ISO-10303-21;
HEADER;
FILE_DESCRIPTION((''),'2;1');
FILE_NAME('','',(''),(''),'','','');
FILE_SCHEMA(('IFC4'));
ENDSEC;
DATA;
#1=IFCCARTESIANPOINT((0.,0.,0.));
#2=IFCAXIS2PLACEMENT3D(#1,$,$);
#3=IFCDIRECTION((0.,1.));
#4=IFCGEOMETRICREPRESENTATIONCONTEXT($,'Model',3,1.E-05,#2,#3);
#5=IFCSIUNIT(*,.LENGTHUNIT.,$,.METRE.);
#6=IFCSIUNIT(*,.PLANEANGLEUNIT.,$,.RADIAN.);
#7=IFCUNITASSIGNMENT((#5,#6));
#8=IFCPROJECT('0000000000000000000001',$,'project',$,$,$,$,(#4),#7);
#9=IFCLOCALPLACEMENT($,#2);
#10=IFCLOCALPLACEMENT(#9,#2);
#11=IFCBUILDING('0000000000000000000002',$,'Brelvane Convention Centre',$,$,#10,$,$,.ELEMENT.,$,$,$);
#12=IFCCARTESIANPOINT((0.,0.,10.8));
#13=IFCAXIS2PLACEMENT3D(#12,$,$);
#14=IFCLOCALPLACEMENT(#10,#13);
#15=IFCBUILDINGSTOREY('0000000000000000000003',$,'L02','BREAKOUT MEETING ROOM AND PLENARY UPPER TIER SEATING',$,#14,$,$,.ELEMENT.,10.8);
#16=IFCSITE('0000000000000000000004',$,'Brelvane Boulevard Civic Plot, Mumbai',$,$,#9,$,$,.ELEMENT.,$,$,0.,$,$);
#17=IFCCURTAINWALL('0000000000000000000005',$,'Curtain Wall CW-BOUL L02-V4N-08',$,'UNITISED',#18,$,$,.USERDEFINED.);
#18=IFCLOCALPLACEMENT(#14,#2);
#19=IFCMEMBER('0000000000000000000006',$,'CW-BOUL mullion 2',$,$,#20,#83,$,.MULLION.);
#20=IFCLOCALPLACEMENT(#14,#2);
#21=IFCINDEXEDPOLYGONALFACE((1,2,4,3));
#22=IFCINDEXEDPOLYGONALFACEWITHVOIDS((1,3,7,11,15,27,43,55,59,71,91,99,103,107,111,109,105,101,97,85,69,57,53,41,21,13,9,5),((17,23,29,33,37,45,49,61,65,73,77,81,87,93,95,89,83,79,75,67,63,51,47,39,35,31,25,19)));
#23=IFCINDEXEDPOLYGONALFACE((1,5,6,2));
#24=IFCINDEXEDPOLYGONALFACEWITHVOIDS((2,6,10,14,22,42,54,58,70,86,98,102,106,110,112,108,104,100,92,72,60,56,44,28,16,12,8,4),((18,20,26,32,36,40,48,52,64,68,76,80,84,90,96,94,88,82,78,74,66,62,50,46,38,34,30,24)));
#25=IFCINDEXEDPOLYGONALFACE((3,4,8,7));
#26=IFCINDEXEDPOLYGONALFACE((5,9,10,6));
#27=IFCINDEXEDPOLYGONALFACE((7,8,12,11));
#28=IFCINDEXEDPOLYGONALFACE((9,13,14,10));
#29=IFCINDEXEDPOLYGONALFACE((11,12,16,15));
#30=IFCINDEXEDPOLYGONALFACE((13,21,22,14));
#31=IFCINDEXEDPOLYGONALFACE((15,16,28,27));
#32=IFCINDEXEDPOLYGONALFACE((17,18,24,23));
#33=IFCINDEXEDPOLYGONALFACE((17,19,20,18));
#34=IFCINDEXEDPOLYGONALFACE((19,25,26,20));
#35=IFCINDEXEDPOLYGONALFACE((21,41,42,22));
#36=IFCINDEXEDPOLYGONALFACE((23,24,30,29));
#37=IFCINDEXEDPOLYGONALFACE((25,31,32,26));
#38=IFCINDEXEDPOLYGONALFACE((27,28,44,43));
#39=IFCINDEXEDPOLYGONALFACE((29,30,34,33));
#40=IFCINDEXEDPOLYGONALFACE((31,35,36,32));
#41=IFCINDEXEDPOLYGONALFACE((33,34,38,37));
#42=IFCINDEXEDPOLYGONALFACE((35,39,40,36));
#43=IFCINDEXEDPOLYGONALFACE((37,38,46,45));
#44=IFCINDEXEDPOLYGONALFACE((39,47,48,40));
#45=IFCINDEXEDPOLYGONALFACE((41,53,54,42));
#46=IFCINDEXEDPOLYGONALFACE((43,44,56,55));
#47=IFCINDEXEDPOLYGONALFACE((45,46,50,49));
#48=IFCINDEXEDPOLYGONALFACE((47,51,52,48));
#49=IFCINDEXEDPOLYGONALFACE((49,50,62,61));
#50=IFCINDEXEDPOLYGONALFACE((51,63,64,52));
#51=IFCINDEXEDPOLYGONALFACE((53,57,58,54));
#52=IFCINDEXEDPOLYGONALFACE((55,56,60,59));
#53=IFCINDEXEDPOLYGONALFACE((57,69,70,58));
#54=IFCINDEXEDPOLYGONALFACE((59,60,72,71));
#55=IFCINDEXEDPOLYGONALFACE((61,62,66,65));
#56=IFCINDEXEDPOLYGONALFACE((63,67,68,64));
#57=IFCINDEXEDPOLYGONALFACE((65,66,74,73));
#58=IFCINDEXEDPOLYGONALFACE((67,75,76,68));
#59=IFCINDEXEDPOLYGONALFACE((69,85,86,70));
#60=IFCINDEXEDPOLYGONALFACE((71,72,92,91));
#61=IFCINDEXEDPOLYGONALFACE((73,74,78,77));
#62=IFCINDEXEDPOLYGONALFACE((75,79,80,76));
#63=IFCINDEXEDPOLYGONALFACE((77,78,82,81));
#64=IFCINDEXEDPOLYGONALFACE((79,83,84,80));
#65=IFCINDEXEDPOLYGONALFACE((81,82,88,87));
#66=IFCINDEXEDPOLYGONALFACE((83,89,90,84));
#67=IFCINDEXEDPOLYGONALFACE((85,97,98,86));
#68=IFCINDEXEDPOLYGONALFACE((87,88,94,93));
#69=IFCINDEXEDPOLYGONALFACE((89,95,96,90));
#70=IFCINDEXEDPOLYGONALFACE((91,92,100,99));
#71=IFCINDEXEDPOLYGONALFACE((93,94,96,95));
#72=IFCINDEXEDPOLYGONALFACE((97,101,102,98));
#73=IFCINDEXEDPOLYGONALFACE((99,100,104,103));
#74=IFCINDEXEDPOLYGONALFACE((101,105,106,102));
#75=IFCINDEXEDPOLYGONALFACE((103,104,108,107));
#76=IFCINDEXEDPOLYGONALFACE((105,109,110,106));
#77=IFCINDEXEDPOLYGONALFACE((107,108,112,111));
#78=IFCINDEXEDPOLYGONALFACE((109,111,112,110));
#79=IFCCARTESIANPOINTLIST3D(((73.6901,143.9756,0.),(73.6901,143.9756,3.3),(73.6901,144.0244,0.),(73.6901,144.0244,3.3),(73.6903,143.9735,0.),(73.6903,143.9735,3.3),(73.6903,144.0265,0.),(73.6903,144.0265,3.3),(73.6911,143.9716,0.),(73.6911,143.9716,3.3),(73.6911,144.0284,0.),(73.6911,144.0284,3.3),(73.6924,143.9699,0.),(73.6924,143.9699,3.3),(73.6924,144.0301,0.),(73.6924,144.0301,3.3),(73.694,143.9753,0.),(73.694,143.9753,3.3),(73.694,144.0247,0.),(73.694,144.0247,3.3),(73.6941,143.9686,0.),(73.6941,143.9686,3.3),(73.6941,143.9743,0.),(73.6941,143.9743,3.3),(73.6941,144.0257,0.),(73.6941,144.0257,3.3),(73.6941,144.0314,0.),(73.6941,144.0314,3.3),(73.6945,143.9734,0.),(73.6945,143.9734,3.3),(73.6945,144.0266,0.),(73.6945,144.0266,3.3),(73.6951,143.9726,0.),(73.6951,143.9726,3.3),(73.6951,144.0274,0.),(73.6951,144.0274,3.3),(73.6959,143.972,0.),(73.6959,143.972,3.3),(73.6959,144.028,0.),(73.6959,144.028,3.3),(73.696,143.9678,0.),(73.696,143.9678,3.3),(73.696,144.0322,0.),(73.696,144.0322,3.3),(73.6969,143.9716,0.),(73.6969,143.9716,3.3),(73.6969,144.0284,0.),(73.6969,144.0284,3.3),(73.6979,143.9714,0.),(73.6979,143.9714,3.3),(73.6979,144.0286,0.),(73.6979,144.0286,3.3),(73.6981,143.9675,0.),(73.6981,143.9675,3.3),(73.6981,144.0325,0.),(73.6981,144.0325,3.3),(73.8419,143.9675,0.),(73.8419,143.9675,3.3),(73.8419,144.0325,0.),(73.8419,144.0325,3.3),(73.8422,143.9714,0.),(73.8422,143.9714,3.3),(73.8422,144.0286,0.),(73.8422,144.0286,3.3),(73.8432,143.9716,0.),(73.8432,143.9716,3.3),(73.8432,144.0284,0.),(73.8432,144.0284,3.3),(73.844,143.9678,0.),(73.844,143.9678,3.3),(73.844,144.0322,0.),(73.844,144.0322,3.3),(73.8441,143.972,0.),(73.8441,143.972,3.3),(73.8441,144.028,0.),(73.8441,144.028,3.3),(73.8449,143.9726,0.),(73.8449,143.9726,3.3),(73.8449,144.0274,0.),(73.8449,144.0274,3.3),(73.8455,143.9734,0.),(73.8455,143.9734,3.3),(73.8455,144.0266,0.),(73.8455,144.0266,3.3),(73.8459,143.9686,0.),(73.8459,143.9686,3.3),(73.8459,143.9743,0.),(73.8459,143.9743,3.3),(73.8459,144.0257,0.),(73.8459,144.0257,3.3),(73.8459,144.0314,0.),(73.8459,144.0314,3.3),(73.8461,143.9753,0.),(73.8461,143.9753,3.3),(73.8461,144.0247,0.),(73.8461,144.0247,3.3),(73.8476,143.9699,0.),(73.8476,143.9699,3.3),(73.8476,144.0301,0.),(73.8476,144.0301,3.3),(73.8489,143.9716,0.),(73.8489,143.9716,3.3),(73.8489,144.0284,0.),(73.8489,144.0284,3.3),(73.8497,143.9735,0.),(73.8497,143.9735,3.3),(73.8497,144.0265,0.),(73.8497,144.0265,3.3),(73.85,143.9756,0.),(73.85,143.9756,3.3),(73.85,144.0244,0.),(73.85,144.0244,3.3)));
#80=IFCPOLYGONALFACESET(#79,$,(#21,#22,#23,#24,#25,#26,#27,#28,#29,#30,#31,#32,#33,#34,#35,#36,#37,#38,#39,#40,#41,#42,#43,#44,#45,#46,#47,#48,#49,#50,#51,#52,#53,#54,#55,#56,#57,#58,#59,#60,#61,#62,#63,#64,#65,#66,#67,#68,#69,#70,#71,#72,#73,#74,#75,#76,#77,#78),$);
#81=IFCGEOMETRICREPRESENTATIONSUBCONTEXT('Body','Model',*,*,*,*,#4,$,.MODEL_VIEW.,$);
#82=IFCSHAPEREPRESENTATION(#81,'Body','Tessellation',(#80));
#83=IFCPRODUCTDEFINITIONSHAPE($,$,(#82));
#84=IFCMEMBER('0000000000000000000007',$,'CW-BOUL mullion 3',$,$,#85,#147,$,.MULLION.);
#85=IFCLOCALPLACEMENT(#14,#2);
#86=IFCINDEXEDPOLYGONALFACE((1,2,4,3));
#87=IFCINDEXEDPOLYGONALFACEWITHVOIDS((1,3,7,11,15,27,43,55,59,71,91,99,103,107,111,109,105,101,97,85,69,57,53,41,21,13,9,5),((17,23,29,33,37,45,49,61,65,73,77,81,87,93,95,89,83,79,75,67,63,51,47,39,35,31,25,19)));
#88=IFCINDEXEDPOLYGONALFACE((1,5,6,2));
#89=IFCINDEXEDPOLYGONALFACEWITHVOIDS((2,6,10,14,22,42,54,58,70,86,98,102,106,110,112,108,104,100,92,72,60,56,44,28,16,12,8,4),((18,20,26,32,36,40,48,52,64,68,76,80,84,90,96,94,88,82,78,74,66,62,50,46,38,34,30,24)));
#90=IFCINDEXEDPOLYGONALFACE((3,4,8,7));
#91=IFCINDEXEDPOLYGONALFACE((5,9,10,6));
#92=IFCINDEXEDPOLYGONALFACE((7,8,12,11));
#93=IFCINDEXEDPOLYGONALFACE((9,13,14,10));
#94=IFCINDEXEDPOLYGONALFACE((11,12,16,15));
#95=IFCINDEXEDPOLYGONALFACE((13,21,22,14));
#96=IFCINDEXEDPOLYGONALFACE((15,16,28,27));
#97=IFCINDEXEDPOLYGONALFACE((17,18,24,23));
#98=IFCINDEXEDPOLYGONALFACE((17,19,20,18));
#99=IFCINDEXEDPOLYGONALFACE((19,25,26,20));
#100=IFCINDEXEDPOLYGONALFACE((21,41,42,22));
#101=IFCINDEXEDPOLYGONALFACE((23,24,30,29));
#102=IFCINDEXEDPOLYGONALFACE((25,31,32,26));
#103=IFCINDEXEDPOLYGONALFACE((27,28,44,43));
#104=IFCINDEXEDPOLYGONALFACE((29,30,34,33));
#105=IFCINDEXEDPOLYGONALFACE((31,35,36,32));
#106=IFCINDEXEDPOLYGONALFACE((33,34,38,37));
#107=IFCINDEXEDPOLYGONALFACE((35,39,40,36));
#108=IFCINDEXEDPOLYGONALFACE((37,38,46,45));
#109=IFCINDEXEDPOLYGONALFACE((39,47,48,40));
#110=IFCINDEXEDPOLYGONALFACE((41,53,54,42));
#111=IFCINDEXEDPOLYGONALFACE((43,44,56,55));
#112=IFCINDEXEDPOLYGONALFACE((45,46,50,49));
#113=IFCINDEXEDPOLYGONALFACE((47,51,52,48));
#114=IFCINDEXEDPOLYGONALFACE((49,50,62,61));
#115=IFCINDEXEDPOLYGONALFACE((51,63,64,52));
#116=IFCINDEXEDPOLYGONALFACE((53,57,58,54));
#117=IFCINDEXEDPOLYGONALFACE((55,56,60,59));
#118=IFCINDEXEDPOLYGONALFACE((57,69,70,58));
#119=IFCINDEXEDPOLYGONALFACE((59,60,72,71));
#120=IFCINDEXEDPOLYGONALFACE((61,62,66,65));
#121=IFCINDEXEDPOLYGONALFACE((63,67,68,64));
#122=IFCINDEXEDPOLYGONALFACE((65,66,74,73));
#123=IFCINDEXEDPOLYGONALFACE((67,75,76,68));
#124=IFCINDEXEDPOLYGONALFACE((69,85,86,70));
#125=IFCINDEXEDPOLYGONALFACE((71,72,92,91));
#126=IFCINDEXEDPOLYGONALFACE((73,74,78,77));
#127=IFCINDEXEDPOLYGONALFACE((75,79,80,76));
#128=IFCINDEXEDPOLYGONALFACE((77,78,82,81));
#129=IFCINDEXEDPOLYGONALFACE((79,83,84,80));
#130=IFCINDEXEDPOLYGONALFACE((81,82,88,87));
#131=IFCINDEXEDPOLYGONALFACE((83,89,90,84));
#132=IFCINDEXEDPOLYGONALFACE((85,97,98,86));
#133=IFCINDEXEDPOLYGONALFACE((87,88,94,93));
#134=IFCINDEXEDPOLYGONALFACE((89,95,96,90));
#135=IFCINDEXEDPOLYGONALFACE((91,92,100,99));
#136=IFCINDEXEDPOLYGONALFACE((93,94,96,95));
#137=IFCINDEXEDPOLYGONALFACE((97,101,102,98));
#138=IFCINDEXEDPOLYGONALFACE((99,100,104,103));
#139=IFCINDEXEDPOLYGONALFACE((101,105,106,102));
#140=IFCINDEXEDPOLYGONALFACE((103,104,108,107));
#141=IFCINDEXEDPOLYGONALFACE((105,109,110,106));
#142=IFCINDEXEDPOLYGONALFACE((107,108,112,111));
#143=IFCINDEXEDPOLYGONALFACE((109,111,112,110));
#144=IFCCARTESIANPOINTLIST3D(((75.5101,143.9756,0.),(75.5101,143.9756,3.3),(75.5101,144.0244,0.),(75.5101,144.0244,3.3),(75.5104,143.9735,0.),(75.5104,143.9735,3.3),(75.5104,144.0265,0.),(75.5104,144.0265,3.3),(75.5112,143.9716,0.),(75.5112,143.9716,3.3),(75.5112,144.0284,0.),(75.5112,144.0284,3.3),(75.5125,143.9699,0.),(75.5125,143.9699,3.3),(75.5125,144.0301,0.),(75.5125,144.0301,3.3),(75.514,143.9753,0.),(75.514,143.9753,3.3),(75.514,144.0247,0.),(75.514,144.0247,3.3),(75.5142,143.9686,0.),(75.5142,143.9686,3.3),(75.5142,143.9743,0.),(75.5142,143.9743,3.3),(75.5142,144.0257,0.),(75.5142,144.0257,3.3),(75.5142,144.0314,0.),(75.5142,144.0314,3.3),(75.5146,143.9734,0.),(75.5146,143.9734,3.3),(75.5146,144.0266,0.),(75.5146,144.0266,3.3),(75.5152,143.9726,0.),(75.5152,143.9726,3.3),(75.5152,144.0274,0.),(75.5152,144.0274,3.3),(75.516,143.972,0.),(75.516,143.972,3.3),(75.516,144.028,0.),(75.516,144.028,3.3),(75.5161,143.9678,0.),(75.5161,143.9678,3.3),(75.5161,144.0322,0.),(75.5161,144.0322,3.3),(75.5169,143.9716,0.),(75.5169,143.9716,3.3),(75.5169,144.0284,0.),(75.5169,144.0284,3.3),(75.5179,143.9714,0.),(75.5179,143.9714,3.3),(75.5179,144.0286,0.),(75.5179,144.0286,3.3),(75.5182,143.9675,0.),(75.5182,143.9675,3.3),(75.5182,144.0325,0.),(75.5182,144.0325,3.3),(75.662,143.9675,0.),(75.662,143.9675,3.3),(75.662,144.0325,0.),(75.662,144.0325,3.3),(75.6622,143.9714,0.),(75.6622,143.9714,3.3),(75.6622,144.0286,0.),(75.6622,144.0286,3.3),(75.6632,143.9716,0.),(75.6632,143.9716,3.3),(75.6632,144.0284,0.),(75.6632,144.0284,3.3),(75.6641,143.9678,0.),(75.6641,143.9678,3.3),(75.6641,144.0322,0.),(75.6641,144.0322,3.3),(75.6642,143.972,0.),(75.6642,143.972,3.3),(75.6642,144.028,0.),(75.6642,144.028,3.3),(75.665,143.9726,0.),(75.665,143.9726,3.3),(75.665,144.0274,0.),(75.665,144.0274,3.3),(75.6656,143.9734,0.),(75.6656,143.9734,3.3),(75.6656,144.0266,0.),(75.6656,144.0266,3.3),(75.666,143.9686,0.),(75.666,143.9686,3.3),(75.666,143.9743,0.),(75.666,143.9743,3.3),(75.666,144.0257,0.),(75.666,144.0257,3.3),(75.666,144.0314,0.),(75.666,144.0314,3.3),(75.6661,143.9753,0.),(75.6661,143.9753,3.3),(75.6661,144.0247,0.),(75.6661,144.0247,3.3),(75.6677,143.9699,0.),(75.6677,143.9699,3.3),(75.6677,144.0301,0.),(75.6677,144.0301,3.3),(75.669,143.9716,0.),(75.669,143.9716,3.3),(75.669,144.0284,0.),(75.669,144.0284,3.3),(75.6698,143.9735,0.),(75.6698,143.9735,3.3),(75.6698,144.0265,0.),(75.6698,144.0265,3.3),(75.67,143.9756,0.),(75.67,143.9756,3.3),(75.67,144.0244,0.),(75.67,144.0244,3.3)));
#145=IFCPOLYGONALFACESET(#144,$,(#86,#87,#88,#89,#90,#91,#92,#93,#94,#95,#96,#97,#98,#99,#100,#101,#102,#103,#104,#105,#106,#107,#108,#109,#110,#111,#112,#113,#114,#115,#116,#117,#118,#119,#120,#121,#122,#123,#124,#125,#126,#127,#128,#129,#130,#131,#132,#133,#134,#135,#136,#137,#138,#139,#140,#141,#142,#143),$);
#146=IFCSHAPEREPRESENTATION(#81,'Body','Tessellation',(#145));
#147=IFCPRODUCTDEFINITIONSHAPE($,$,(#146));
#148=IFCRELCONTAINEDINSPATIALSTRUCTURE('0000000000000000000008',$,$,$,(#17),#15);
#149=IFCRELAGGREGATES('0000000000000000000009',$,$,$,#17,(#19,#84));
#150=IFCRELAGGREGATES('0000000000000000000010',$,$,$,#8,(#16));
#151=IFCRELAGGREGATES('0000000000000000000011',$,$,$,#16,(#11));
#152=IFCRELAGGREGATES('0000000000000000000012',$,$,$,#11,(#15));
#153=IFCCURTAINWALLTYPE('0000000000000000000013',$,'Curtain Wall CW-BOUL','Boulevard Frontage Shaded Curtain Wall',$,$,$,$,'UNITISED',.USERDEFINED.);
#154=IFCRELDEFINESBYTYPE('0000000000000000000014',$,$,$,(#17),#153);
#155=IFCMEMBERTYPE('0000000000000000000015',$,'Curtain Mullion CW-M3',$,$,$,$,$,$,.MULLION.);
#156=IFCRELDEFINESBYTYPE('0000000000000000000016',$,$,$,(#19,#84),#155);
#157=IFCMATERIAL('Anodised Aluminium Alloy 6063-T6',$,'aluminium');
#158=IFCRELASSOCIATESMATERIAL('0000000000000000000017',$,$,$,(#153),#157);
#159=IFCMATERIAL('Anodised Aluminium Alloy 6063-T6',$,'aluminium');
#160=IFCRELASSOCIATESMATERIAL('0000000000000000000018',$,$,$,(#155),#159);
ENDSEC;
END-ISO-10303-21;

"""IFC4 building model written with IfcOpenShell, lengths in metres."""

from ifc_helpers import new_model, si_unit, direction, frame, origin, origin_2d, place, context, subcontext, project, spatial, hollow_rectangle, extrude, material, material_profile, profile_set, type_object, element, aggregate, save


model = new_model("IFC4")

# Units and contexts
model_context = context("Model", 3, precision=1e-05, world=origin(), true_north=direction((0.0, 1.0)))
body_context = subcontext(model_context, "Body", "Model", "MODEL_VIEW")
ifc_project = project(units=[si_unit("LENGTHUNIT", "METRE"), si_unit("PLANEANGLEUNIT", "RADIAN")], contexts=[model_context])

# Site, building, storey
site_placement = place(None, origin())
site = spatial("IfcSite", under=ifc_project, at=site_placement, Name="Brelvane Boulevard Civic Plot, Mumbai", CompositionType="ELEMENT", RefElevation=0.0)
building_placement = place(site_placement, origin())
building = spatial("IfcBuilding", under=site, at=building_placement, Name="Brelvane Convention Centre", CompositionType="ELEMENT")
storey_placement = place(building_placement, frame((0.0, 0.0, 10.8)))
storey = spatial("IfcBuildingStorey", under=building, at=storey_placement, Name="L02", Description="BREAKOUT MEETING ROOM AND PLENARY UPPER TIER SEATING", CompositionType="ELEMENT", Elevation=10.8)

# Shared definitions
ifc_material_1 = material(Name="Anodised Aluminium Alloy 6063-T6", Category="aluminium")
curtain_wall_type = type_object("IfcCurtainWallType", Name="Curtain Wall CW-BOUL", Description="Boulevard Frontage Shaded Curtain Wall", ElementType="UNITISED", PredefinedType="USERDEFINED", material=ifc_material_1)
ifc_material_2 = material(Name="Anodised Aluminium Alloy 6063-T6", Category="aluminium")
ifc_material_profile_1 = material_profile(ifc_material_2, hollow_rectangle(XDim=0.0649, YDim=0.1599, WallThickness=0.0039, InnerFilletRadius=0.0039, OuterFilletRadius=0.0081, at=origin_2d()), Name="ALU-M 160x65x4.0")
ifc_profile_set_1 = profile_set([ifc_material_profile_1], Name="Anodised Aluminium Alloy 6063-T6")
member_type_1 = type_object("IfcMemberType", Name="Curtain Mullion CW-M3", PredefinedType="MULLION", material=ifc_profile_set_1)

# Curtain wall, members
curtain_wall_1_placement = place(storey_placement, origin())
curtain_wall_1 = element("IfcCurtainWall", 1, at=curtain_wall_1_placement, inside=storey, type_object=curtain_wall_type, Name="Curtain Wall CW-BOUL L02-V4N-08", ObjectType="UNITISED", PredefinedType="USERDEFINED")
member_1_placement = place(storey_placement, frame((73.77, 144.0, 0.0), z_axis=(0.0, 0.0, 1.0), x_axis=(0.0, 1.0, 0.0)))
member_1 = element("IfcMember", 2, at=member_1_placement, type_object=member_type_1, Name="CW-BOUL mullion 2", PredefinedType="MULLION", context=body_context, shape_type="SweptSolid", body=[
    extrude(hollow_rectangle(XDim=0.0649, YDim=0.1599, WallThickness=0.0039, InnerFilletRadius=0.0039, OuterFilletRadius=0.0081, at=origin_2d()), origin(), (0.0, 0.0, 1.0), 3.3),
])
member_2_placement = place(storey_placement, frame((75.5901, 144.0, 0.0), z_axis=(0.0, 0.0, 1.0), x_axis=(0.0, 1.0, 0.0)))
member_2 = element("IfcMember", 3, at=member_2_placement, type_object=member_type_1, Name="CW-BOUL mullion 3", PredefinedType="MULLION", context=body_context, shape_type="SweptSolid", body=[
    extrude(hollow_rectangle(XDim=0.0649, YDim=0.1599, WallThickness=0.0039, InnerFilletRadius=0.0039, OuterFilletRadius=0.0081, at=origin_2d()), origin(), (0.0, 0.0, 1.0), 3.3),
])

aggregate(curtain_wall_1, [member_1, member_2])

save(model, "model.ifc")
